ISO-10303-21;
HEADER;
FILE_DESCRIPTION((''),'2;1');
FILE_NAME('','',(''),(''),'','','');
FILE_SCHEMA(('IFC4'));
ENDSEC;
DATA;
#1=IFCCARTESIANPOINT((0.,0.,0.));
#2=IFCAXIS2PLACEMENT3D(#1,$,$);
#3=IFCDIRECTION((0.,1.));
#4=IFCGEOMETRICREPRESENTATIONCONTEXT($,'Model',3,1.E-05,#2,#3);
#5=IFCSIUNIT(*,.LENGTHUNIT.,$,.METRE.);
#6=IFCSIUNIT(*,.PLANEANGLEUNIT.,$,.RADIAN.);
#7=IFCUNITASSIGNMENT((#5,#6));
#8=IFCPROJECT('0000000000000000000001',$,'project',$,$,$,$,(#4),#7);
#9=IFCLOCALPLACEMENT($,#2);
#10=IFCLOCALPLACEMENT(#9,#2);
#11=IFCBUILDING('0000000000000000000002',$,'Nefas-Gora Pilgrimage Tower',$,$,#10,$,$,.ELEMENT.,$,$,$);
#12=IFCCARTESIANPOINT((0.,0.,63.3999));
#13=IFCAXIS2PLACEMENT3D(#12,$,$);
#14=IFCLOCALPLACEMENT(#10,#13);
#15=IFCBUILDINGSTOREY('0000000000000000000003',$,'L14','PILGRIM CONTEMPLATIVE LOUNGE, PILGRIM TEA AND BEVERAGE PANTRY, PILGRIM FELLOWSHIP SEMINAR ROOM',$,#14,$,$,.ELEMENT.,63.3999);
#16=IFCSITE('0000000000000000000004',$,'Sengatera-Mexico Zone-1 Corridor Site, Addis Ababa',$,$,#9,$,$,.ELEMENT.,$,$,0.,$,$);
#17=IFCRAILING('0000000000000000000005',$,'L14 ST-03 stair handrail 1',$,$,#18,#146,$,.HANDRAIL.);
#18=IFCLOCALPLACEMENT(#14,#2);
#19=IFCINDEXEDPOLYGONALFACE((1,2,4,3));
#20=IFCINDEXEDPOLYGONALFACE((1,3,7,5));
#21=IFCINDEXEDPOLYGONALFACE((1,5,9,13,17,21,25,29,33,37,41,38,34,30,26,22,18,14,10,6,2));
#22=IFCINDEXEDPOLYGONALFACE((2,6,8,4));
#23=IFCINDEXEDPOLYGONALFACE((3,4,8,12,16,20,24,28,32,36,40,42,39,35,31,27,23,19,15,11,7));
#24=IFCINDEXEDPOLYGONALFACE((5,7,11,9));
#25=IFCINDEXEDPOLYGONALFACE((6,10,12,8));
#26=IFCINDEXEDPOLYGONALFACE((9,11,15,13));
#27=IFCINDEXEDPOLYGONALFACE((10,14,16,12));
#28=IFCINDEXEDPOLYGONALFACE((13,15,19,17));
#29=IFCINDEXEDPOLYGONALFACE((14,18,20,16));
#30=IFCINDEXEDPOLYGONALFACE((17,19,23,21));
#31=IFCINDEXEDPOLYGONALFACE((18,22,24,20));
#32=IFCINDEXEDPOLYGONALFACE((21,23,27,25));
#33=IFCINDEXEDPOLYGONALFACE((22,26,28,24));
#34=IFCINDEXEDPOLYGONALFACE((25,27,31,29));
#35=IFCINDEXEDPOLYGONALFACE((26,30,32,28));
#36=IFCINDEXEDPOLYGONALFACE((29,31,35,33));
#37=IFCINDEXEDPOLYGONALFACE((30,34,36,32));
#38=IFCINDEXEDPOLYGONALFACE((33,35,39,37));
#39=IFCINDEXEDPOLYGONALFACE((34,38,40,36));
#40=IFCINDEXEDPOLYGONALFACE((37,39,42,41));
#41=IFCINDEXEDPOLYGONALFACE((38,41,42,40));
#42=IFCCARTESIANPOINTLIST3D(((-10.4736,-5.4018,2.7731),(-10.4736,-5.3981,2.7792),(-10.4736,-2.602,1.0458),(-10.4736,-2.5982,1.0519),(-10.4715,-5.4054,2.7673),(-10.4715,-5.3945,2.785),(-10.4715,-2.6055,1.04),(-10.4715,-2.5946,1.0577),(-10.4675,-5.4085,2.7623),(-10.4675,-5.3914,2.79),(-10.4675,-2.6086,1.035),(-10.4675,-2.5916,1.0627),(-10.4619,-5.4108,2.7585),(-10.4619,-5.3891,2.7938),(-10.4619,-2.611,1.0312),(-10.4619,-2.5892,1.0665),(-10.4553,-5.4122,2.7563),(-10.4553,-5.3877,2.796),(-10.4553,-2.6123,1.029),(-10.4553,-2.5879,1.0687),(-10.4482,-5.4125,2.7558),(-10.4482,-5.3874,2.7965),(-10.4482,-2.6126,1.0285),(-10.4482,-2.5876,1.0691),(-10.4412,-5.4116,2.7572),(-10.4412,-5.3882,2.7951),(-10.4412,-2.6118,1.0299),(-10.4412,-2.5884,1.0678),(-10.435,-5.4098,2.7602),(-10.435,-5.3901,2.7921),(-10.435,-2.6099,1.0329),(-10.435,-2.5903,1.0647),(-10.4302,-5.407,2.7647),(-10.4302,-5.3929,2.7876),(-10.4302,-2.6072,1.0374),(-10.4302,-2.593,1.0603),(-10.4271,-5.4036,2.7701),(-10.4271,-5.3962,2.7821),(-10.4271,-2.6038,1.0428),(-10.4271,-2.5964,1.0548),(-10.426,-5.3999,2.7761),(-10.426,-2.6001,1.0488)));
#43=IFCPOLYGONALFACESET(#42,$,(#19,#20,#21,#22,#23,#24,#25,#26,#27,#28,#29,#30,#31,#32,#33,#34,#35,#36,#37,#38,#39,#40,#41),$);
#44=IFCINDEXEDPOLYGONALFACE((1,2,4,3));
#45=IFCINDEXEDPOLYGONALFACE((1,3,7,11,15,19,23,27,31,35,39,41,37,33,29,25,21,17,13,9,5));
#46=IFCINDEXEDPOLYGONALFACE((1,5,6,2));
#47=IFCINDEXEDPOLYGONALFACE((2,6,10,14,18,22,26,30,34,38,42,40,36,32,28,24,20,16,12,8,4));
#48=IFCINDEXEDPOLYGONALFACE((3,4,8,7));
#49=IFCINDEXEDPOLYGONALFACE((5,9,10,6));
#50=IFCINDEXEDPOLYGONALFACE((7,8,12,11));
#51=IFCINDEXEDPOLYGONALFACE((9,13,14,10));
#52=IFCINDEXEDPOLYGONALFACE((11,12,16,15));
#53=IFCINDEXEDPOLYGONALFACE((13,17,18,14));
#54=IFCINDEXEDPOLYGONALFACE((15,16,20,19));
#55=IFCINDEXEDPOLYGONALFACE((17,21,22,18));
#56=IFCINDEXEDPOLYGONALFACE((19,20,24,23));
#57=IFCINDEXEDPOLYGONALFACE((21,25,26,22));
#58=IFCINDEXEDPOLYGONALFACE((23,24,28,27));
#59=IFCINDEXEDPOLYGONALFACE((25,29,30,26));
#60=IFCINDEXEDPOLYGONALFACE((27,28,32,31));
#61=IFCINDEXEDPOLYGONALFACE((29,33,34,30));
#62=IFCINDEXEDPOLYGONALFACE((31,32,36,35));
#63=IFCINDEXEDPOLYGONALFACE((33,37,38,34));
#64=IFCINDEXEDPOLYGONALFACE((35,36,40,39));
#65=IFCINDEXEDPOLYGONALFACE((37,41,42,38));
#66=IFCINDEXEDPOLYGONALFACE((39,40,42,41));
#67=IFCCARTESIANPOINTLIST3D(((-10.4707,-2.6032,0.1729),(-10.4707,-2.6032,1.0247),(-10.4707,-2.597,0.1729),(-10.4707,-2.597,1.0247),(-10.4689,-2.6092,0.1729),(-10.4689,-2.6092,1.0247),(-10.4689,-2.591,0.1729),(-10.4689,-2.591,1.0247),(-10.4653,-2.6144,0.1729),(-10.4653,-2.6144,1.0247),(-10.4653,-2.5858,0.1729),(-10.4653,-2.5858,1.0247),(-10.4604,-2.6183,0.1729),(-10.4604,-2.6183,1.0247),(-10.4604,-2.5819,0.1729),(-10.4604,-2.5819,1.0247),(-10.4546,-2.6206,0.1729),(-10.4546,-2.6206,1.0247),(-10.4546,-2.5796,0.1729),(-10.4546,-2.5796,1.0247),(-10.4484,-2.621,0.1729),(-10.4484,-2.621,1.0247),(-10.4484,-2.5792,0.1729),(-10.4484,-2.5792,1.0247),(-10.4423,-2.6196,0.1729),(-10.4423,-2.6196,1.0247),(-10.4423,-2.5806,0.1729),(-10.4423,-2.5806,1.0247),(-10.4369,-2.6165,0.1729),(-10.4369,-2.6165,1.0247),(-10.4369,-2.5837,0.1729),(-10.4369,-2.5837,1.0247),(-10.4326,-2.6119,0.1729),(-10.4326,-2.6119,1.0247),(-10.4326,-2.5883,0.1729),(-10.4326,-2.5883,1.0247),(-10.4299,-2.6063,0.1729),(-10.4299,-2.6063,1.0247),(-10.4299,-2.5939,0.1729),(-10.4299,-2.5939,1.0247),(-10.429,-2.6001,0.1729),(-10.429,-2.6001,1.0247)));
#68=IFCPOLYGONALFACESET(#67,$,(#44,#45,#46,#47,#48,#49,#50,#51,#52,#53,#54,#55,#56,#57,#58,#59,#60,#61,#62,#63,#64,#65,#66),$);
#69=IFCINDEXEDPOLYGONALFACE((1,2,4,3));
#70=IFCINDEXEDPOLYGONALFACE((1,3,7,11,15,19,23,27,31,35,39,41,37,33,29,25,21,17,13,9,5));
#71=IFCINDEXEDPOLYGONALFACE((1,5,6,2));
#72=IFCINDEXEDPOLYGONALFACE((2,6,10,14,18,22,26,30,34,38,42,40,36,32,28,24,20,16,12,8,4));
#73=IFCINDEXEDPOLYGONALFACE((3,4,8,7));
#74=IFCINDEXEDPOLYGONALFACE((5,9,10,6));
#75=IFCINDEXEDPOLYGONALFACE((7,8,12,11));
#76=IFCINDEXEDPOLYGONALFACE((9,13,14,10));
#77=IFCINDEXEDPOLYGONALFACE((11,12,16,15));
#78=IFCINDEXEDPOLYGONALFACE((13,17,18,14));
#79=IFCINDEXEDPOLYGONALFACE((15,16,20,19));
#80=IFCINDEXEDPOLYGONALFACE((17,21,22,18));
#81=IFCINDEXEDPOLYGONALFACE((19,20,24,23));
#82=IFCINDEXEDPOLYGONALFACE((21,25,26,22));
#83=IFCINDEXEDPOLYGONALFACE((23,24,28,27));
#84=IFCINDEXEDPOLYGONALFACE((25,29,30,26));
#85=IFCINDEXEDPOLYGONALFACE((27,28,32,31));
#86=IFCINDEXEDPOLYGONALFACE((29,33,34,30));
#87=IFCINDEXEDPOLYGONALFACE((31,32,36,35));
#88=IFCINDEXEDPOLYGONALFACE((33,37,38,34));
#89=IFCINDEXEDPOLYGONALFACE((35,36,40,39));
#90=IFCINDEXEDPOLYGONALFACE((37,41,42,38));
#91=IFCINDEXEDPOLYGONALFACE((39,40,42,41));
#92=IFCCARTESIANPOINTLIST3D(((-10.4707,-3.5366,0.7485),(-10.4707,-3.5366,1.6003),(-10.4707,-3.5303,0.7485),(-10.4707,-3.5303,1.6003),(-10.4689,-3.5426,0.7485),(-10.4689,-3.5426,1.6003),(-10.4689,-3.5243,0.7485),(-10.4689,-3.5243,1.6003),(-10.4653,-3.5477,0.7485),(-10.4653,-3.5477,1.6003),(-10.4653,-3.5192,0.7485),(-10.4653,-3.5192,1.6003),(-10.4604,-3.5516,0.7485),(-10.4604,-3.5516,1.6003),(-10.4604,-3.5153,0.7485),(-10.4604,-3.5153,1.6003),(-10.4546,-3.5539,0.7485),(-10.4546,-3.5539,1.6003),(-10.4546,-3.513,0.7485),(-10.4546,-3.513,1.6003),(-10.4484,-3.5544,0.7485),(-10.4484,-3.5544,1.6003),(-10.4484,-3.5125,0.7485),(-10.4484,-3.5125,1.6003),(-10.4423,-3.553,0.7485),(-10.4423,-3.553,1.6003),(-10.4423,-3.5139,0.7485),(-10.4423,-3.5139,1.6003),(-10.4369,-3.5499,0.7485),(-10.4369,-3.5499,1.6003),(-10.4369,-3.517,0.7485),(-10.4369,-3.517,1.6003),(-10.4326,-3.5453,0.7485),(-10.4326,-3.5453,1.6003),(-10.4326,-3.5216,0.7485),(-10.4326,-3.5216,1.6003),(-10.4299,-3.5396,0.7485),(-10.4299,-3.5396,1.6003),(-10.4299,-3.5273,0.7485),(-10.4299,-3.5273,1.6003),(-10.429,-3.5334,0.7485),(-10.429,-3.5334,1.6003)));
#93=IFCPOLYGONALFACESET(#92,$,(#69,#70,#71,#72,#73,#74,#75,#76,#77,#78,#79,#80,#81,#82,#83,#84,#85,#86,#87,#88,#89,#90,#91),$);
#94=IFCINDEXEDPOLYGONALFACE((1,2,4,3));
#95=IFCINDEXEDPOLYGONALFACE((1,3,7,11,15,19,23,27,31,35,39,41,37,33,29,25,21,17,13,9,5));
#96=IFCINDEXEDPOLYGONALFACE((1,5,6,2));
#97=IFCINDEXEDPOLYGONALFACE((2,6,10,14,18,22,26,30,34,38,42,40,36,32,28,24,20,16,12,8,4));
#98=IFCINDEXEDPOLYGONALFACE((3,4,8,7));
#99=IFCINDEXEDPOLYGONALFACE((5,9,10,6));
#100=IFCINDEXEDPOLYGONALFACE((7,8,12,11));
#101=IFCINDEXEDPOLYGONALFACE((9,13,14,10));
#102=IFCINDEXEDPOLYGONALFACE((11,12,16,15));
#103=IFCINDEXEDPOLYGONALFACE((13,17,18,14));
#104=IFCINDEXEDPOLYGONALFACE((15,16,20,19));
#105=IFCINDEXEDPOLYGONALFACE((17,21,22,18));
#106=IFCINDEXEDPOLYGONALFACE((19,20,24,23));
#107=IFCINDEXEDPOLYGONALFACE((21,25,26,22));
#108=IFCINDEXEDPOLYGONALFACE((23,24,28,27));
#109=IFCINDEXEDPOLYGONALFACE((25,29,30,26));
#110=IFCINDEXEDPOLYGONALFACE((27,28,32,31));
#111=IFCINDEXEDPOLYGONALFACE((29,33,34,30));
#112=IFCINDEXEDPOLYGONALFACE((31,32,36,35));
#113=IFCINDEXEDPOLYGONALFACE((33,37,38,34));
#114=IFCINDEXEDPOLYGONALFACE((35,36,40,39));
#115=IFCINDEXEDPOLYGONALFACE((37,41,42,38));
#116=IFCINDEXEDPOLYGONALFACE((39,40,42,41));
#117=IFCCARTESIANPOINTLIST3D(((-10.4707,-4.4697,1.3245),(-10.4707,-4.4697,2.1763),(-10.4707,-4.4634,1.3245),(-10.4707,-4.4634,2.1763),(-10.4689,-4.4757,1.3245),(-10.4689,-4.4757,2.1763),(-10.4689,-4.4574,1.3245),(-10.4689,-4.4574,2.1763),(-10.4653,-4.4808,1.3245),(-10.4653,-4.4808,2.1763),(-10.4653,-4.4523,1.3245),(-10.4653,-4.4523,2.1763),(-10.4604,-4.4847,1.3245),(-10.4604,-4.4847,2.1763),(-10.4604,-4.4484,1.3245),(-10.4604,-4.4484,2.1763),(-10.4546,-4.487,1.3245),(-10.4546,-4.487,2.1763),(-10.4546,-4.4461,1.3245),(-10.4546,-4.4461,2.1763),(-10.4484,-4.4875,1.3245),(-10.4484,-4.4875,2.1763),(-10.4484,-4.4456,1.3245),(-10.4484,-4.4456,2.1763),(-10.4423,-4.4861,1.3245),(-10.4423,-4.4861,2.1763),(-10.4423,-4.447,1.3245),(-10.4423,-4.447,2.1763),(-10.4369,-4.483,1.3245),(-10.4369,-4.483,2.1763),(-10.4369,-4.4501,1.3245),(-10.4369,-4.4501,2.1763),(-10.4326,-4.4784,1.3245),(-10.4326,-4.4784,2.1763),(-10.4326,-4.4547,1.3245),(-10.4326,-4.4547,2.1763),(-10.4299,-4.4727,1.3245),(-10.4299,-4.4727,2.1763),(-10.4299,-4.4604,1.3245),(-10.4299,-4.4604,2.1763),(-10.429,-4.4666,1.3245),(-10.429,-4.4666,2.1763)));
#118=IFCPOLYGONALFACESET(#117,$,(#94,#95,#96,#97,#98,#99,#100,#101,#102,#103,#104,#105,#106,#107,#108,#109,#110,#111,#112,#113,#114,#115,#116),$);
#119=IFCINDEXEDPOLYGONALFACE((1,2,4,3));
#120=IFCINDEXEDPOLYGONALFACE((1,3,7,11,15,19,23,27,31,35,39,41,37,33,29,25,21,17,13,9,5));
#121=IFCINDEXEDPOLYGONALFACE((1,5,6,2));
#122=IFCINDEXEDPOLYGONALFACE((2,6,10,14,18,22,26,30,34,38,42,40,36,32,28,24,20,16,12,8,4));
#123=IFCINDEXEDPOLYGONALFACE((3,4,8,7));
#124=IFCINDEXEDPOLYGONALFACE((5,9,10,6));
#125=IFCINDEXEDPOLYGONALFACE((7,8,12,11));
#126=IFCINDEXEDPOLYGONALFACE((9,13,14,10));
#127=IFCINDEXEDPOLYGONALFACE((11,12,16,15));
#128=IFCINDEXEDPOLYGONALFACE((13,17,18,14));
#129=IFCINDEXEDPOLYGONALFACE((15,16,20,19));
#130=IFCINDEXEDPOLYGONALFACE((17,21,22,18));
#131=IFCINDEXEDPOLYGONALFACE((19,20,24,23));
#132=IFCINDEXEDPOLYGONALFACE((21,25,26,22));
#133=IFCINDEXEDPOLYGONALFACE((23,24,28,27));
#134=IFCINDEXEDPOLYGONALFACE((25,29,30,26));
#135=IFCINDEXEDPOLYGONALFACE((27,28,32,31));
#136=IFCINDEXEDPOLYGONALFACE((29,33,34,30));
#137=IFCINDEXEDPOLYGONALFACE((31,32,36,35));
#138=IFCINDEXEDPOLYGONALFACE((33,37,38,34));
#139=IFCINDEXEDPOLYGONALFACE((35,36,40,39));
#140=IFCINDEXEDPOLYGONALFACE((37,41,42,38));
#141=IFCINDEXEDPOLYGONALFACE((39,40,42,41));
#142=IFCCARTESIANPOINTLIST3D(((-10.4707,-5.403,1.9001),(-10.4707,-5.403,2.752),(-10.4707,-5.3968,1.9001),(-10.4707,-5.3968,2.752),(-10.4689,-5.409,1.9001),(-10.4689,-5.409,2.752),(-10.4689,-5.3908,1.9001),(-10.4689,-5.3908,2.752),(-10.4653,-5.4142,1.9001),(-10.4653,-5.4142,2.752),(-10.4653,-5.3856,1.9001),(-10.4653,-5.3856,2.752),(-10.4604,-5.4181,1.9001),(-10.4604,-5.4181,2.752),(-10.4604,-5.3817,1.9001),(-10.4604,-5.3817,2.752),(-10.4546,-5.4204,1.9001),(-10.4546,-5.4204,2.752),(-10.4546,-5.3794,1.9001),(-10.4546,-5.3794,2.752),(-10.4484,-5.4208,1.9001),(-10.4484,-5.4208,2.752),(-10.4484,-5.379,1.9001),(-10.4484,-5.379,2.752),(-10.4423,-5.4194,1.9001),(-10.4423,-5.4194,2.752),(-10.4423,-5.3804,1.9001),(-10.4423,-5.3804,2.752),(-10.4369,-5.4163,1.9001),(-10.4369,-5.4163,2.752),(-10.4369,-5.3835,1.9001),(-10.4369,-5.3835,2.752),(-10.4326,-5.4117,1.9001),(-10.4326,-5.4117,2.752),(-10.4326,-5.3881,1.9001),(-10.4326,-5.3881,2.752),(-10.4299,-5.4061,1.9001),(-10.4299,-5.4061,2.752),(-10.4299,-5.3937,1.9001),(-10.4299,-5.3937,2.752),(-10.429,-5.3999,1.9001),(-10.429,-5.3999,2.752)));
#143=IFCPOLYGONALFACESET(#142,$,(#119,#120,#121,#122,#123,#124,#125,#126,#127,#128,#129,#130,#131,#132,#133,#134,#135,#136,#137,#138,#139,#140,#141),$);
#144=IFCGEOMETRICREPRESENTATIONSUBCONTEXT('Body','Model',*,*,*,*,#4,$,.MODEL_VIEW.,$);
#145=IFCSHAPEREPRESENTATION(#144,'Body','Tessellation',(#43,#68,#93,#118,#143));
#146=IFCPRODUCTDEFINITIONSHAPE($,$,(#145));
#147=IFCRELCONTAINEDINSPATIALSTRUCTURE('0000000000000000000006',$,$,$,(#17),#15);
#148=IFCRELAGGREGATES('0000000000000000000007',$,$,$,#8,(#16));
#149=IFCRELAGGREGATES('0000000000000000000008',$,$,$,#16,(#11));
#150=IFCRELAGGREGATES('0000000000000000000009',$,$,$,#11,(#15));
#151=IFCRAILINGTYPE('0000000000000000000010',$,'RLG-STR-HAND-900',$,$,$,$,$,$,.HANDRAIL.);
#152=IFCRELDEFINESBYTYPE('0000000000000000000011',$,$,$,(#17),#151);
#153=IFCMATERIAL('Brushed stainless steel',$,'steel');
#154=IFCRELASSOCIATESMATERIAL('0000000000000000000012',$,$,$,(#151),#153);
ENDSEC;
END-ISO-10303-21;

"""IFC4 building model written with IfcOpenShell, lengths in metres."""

from ifc_helpers import new_model, si_unit, direction, frame, origin, origin_2d, place, context, subcontext, project, spatial, circle, extrude, material, type_object, element, save


model = new_model("IFC4")

# Units and contexts
model_context = context("Model", 3, precision=1e-05, world=origin(), true_north=direction((0.0, 1.0)))
body_context = subcontext(model_context, "Body", "Model", "MODEL_VIEW")
ifc_project = project(units=[si_unit("LENGTHUNIT", "METRE"), si_unit("PLANEANGLEUNIT", "RADIAN")], contexts=[model_context])

# Site, building, storey
site_placement = place(None, origin())
site = spatial("IfcSite", under=ifc_project, at=site_placement, Name="Sengatera-Mexico Zone-1 Corridor Site, Addis Ababa", CompositionType="ELEMENT", RefElevation=0.0)
building_placement = place(site_placement, origin())
building = spatial("IfcBuilding", under=site, at=building_placement, Name="Nefas-Gora Pilgrimage Tower", CompositionType="ELEMENT")
storey_placement = place(building_placement, frame((0.0, 0.0, 63.3999)))
storey = spatial("IfcBuildingStorey", under=building, at=storey_placement, Name="L14", Description="PILGRIM CONTEMPLATIVE LOUNGE, PILGRIM TEA AND BEVERAGE PANTRY, PILGRIM FELLOWSHIP SEMINAR ROOM", CompositionType="ELEMENT", Elevation=63.3999)

# Railing
ifc_material_1 = material(Name="Brushed stainless steel", Category="steel")
railing_type_1 = type_object("IfcRailingType", Name="RLG-STR-HAND-900", PredefinedType="HANDRAIL", material=ifc_material_1)
railing_1_placement = place(storey_placement, frame((-10.45, -2.6001, 0.1729)))
element("IfcRailing", 1, at=railing_1_placement, inside=storey, type_object=railing_type_1, Name="L14 ST-03 stair handrail 1", PredefinedType="HANDRAIL", context=body_context, shape_type="SweptSolid", body=[
    extrude(circle(Radius=0.0239, at=origin_2d()), frame((0.0, 0.0, 0.876), z_axis=(0.0, -0.851069, 0.525054), x_axis=(1.0, 0.0, 0.0)), (0.0, 0.0, 1.0), 3.2898),
    extrude(circle(Radius=0.021, at=origin_2d()), origin(), (0.0, 0.0, 1.0), 0.8518),
    extrude(circle(Radius=0.021, at=origin_2d()), frame((0.0, -0.9333, 0.5757)), (0.0, 0.0, 1.0), 0.8518),
    extrude(circle(Radius=0.021, at=origin_2d()), frame((0.0, -1.8665, 1.1516)), (0.0, 0.0, 1.0), 0.8518),
    extrude(circle(Radius=0.021, at=origin_2d()), frame((0.0, -2.7998, 1.7273)), (0.0, 0.0, 1.0), 0.8518),
])

save(model, "model.ifc")
